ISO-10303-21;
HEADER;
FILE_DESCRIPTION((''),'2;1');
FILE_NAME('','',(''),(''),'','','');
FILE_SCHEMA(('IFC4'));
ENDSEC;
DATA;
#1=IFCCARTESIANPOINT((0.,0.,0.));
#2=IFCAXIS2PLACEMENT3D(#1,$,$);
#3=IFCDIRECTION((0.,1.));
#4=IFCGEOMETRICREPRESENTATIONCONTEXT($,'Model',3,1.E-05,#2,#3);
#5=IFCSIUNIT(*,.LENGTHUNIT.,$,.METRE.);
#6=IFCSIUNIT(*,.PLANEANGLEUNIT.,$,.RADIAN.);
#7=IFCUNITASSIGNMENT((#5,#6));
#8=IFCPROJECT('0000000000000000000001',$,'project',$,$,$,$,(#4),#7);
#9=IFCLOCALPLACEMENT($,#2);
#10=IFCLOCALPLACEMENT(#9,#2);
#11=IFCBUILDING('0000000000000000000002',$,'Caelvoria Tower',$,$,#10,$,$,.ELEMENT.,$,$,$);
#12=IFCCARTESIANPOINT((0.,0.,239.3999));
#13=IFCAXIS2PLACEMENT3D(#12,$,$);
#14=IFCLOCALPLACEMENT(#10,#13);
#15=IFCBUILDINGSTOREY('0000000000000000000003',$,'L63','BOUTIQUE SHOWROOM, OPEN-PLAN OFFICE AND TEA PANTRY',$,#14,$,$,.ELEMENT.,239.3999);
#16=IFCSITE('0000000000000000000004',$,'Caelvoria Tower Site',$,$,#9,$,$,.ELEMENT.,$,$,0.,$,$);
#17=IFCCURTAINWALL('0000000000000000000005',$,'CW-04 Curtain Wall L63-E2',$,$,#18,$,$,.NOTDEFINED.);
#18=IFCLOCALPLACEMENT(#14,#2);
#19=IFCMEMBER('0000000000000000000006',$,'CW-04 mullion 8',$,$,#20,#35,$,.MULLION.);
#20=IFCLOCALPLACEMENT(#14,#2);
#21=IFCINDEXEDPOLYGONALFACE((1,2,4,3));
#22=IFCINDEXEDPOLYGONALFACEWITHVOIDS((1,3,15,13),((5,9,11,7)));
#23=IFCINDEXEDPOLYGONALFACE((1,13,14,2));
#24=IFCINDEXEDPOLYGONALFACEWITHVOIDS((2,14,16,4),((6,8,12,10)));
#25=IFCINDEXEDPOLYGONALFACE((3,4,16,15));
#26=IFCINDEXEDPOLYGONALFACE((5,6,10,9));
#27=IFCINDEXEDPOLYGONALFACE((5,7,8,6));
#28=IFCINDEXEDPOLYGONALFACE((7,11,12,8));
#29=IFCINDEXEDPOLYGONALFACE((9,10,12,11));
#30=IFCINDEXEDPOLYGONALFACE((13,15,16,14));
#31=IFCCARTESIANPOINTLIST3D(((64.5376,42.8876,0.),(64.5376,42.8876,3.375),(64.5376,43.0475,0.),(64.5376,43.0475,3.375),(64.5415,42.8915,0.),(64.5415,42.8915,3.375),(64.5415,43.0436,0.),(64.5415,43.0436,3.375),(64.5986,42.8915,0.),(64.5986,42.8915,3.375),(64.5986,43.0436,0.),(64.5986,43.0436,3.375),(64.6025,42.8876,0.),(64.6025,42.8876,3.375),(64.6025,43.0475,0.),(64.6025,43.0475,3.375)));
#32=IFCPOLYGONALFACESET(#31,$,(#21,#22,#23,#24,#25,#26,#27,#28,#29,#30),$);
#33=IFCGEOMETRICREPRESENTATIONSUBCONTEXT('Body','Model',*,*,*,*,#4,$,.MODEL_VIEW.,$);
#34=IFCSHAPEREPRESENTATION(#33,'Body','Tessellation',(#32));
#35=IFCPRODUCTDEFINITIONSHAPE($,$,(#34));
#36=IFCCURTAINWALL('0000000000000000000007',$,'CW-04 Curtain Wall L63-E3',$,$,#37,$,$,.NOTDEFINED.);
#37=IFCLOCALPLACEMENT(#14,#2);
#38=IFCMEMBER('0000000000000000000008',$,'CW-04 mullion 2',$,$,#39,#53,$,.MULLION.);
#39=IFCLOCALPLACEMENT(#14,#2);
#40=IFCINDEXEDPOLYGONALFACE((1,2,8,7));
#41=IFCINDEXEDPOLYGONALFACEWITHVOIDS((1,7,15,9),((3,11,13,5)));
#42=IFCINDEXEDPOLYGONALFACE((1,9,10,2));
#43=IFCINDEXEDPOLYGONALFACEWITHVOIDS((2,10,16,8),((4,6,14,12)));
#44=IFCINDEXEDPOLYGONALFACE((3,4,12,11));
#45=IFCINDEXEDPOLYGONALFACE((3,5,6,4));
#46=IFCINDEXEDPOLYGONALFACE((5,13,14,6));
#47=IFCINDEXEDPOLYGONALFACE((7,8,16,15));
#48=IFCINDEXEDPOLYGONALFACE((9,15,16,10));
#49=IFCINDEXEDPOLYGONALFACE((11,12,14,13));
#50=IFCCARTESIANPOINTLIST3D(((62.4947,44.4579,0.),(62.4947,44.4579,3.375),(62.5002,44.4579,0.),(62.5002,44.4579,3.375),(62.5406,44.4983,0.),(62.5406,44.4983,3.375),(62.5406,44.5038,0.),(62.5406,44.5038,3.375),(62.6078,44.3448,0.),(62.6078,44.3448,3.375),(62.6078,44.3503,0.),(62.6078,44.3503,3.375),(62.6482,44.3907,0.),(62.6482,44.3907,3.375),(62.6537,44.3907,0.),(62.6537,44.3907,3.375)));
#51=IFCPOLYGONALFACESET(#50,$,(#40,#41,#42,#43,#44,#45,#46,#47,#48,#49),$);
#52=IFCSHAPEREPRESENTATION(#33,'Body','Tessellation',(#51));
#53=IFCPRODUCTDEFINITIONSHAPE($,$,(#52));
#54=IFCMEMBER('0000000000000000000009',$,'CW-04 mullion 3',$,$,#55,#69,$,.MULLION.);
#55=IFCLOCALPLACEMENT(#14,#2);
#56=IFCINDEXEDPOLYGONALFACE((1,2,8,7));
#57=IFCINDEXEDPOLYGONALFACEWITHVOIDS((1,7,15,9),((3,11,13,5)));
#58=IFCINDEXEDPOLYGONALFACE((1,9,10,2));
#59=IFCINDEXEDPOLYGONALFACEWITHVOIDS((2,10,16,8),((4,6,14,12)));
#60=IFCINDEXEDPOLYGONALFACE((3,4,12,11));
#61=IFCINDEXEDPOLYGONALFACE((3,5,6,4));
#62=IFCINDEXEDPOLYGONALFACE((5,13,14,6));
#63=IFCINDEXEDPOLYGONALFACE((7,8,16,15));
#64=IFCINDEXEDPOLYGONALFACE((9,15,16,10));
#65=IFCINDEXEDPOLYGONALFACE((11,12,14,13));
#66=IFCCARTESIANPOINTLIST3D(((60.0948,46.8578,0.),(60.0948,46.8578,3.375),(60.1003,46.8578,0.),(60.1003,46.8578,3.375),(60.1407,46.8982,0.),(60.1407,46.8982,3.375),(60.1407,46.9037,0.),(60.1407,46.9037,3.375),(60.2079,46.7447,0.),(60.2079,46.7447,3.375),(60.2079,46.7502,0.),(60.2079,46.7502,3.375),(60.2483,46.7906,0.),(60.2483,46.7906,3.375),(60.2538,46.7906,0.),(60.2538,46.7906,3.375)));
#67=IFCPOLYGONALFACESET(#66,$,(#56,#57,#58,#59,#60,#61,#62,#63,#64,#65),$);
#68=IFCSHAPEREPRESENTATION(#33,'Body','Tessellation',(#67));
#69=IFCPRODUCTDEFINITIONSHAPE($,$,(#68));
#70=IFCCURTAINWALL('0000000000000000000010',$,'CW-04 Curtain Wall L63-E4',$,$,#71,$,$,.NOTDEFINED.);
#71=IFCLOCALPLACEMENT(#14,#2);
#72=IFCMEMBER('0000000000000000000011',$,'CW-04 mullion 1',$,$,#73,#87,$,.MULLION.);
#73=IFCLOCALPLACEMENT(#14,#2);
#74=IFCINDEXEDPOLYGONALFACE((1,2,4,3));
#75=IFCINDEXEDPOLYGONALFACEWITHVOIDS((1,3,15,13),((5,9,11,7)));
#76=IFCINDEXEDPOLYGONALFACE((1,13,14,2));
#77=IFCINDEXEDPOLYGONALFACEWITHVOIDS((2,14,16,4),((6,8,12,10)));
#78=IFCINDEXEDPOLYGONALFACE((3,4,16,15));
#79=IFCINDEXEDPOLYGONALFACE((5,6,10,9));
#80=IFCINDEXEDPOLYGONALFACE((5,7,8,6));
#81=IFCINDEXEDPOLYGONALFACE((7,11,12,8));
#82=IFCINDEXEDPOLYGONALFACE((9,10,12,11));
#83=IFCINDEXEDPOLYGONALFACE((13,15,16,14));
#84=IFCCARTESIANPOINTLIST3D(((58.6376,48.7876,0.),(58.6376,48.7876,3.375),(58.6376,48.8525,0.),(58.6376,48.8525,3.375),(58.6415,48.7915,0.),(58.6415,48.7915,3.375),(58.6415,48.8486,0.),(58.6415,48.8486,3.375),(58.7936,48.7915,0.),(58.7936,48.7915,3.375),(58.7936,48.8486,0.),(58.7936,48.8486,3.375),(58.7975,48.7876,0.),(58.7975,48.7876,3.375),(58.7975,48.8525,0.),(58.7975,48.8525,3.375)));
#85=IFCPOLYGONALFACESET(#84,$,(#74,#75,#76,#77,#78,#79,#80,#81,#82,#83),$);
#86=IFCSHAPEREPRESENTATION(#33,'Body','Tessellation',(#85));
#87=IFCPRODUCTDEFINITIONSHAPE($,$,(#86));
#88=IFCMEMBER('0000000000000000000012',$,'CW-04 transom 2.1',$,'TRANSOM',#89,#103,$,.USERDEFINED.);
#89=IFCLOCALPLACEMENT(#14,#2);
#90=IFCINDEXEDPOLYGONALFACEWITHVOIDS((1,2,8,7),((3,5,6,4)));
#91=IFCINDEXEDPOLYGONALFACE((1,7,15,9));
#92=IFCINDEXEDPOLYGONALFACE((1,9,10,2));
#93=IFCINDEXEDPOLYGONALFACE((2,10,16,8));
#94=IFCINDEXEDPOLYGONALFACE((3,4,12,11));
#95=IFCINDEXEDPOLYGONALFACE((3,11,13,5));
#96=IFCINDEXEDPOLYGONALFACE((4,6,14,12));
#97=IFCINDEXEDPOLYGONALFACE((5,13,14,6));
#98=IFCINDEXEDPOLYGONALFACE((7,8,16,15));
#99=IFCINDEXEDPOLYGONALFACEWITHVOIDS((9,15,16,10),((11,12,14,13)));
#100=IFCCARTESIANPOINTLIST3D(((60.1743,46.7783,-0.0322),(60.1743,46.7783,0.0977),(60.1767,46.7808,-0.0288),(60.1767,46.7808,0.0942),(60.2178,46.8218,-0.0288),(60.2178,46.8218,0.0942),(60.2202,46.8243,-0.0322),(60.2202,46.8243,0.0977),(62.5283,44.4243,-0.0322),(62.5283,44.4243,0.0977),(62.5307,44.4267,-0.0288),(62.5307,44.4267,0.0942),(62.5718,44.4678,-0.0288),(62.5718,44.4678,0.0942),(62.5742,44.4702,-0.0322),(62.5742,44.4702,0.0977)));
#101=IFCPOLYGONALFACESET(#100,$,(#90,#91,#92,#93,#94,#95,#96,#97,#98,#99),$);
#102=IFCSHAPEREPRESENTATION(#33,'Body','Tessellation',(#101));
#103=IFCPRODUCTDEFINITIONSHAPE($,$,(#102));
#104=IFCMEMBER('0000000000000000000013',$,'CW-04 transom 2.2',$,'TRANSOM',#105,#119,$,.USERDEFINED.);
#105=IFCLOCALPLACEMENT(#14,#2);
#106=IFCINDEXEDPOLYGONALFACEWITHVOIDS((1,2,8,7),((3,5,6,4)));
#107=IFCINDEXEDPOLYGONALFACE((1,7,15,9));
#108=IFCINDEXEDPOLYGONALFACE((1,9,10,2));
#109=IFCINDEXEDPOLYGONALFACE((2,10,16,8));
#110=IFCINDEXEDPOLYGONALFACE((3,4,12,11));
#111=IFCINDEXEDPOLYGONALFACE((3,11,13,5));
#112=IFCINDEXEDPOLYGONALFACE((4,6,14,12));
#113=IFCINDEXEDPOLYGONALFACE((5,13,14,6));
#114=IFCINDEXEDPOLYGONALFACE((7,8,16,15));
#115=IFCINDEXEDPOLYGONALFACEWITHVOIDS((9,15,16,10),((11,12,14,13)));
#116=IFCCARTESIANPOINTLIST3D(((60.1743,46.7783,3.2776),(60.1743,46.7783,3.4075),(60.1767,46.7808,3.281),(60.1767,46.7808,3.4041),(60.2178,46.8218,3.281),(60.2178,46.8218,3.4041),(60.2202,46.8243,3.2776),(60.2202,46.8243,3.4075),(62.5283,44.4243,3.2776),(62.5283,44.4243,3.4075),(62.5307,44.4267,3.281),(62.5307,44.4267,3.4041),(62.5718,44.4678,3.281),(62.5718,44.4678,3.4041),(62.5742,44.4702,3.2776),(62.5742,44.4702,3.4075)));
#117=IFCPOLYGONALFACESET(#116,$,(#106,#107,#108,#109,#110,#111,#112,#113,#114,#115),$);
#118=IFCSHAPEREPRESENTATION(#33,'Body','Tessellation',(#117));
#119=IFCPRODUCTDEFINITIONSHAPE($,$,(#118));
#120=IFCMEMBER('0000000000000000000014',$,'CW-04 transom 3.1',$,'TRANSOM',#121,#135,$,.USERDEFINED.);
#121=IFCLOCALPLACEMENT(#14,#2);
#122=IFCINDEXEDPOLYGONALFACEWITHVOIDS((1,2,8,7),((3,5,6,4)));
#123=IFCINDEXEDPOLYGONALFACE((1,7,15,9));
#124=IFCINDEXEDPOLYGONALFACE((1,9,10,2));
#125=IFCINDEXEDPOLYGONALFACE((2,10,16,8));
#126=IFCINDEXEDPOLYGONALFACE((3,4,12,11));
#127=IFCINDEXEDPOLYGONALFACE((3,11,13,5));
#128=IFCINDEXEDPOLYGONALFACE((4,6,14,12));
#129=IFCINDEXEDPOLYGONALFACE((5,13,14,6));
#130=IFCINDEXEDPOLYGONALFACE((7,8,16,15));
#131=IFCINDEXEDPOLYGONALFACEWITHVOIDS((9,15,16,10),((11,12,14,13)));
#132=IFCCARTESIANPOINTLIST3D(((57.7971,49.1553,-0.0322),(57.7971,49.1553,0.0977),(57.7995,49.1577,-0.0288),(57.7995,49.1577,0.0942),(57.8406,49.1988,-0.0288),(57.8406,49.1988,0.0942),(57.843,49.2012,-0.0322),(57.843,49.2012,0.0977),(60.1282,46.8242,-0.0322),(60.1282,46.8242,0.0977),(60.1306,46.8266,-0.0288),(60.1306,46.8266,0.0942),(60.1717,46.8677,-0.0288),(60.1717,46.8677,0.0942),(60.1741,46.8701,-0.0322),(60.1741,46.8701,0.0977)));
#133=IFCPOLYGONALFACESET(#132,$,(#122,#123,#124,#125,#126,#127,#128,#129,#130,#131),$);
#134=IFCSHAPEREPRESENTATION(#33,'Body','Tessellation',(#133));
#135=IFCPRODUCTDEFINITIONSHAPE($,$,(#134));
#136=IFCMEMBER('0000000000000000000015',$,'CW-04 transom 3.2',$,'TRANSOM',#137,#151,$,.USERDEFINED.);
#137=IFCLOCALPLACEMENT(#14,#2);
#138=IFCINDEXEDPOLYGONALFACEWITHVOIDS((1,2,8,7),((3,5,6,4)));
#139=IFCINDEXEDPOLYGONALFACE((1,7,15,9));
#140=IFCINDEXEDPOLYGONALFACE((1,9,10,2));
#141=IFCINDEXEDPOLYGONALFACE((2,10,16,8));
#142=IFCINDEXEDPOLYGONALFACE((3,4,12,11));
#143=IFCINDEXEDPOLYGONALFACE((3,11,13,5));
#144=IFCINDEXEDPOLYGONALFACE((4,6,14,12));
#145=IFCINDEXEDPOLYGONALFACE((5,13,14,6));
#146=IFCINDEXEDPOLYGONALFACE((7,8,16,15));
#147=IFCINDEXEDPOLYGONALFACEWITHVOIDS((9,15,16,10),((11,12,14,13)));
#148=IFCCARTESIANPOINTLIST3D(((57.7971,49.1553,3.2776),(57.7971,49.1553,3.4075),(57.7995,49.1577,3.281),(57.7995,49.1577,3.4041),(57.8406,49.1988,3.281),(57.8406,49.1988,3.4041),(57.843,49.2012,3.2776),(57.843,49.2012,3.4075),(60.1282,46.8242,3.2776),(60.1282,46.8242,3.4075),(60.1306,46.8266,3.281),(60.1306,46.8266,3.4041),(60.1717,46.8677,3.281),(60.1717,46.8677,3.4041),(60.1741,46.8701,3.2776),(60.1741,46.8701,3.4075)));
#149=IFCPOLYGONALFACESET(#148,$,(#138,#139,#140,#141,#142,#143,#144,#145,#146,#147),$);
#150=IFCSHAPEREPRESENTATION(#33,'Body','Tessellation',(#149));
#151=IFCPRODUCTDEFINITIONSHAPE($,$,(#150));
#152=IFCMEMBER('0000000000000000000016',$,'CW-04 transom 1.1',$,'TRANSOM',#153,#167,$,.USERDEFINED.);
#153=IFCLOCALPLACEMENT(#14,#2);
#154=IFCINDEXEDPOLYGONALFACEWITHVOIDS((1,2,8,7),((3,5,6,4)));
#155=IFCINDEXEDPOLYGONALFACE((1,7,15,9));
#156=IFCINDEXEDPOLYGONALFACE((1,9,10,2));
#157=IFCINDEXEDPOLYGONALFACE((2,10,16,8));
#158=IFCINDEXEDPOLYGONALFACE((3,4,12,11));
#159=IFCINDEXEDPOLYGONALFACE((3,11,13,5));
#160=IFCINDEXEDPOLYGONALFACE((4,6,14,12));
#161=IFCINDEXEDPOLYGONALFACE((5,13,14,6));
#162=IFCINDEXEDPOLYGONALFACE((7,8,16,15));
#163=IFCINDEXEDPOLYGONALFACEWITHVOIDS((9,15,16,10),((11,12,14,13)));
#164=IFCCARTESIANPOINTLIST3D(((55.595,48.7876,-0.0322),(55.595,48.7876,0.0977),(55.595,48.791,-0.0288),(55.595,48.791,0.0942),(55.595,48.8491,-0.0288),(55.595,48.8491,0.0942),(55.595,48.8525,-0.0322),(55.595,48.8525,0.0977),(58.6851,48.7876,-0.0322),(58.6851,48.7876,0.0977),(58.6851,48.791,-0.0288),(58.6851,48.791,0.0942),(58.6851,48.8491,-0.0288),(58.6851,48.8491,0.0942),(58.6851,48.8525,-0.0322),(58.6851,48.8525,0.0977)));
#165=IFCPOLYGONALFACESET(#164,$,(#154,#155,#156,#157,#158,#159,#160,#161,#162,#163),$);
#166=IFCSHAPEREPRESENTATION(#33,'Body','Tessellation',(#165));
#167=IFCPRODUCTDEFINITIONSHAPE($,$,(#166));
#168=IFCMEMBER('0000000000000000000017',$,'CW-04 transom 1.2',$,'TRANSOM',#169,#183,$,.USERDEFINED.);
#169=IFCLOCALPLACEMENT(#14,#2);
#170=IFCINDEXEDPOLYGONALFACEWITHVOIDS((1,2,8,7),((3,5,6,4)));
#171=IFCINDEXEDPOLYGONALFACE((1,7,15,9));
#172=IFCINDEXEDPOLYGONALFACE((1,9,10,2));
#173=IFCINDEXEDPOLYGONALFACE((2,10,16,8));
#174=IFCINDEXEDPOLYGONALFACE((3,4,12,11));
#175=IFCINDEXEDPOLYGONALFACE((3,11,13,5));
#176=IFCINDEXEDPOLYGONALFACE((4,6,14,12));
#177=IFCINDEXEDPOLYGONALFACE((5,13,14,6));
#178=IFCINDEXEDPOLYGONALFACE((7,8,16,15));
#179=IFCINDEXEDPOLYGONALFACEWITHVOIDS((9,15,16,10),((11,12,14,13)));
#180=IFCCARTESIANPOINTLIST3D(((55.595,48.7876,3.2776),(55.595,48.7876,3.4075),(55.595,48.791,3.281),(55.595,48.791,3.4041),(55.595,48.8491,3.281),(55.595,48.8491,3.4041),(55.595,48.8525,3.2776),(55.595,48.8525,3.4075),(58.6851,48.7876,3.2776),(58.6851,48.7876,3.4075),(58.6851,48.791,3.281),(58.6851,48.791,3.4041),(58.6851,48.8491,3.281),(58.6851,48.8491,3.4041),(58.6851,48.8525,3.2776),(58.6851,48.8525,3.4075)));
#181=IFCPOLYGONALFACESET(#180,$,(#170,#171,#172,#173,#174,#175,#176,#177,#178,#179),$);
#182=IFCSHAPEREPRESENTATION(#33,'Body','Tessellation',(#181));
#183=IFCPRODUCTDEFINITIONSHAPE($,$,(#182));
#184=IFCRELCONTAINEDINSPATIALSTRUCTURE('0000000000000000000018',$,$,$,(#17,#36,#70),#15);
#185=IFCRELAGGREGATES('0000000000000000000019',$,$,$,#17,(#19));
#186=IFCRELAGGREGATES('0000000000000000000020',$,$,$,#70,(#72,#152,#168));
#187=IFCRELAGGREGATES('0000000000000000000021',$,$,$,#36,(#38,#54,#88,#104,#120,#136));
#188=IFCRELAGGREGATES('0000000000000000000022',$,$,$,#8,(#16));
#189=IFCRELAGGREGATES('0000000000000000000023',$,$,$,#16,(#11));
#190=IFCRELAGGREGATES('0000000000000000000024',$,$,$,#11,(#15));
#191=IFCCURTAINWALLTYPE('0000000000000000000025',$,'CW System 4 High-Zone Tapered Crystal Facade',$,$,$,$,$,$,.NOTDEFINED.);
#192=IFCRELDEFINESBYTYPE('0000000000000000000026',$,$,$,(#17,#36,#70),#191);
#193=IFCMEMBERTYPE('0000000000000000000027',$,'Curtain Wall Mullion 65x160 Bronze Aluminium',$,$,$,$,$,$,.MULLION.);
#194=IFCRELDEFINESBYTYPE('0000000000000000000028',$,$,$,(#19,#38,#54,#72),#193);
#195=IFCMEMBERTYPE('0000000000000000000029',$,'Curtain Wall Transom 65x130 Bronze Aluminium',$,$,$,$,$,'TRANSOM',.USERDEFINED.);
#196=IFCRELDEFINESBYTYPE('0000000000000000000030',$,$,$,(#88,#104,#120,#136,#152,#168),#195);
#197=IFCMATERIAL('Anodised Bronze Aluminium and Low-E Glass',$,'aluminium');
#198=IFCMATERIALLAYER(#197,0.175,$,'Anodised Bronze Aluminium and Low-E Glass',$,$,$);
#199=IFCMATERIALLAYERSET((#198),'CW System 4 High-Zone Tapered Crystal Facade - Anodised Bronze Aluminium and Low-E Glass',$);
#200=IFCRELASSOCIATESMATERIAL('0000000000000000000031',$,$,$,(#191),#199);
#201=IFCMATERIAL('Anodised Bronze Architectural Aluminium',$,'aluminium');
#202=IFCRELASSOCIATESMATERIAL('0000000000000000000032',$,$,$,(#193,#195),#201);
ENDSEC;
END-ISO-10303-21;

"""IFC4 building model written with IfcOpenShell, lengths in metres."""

from ifc_helpers import new_model, si_unit, direction, frame, origin, origin_2d, place, context, subcontext, project, spatial, hollow_rectangle, extrude, material, layer, layer_set, material_profile, profile_set, type_object, element, aggregate, save


model = new_model("IFC4")

# Units and contexts
model_context = context("Model", 3, precision=1e-05, world=origin(), true_north=direction((0.0, 1.0)))
body_context = subcontext(model_context, "Body", "Model", "MODEL_VIEW")
ifc_project = project(units=[si_unit("LENGTHUNIT", "METRE"), si_unit("PLANEANGLEUNIT", "RADIAN")], contexts=[model_context])

# Site, building, storey
site_placement = place(None, origin())
site = spatial("IfcSite", under=ifc_project, at=site_placement, Name="Caelvoria Tower Site", CompositionType="ELEMENT", RefElevation=0.0)
building_placement = place(site_placement, origin())
building = spatial("IfcBuilding", under=site, at=building_placement, Name="Caelvoria Tower", CompositionType="ELEMENT")
storey_placement = place(building_placement, frame((0.0, 0.0, 239.3999)))
storey = spatial("IfcBuildingStorey", under=building, at=storey_placement, Name="L63", Description="BOUTIQUE SHOWROOM, OPEN-PLAN OFFICE AND TEA PANTRY", CompositionType="ELEMENT", Elevation=239.3999)

# Curtain wall, member
ifc_material_1 = material(Name="Anodised Bronze Aluminium and Low-E Glass", Category="aluminium")
ifc_layer_1 = layer(ifc_material_1, 0.175, Name="Anodised Bronze Aluminium and Low-E Glass")
ifc_layer_set_1 = layer_set([ifc_layer_1], Name="CW System 4 High-Zone Tapered Crystal Facade - Anodised Bronze Aluminium and Low-E Glass")
curtain_wall_type = type_object("IfcCurtainWallType", Name="CW System 4 High-Zone Tapered Crystal Facade", PredefinedType="NOTDEFINED", material=ifc_layer_set_1)
curtain_wall_1_placement = place(storey_placement, origin())
curtain_wall_1 = element("IfcCurtainWall", 1, at=curtain_wall_1_placement, inside=storey, type_object=curtain_wall_type, Name="CW-04 Curtain Wall L63-E2", PredefinedType="NOTDEFINED")
ifc_material_2 = material(Name="Anodised Bronze Architectural Aluminium", Category="aluminium")
ifc_material_profile_1 = material_profile(ifc_material_2, hollow_rectangle(XDim=0.0649, YDim=0.1599, WallThickness=0.0039, at=origin_2d()), Name="Anodised Bronze Architectural Aluminium")
ifc_profile_set_1 = profile_set([ifc_material_profile_1], Name="CW_MULL_65X160 - Anodised Bronze Architectural Aluminium")
member_type_1 = type_object("IfcMemberType", Name="Curtain Wall Mullion 65x160 Bronze Aluminium", PredefinedType="MULLION", material=ifc_profile_set_1)
member_1_placement = place(storey_placement, frame((64.5701, 42.9675, 0.0), z_axis=(0.0, 0.0, 1.0), x_axis=(-1.0, 0.0, 0.0)))
member_1 = element("IfcMember", 2, at=member_1_placement, type_object=member_type_1, Name="CW-04 mullion 8", PredefinedType="MULLION", context=body_context, shape_type="SweptSolid", body=[
    extrude(hollow_rectangle(XDim=0.0649, YDim=0.1599, WallThickness=0.0039, at=origin_2d()), origin(), (0.0, 0.0, 1.0), 3.375),
])
aggregate(curtain_wall_1, [member_1])

# Curtain wall, members
curtain_wall_2_placement = place(storey_placement, origin())
curtain_wall_2 = element("IfcCurtainWall", 3, at=curtain_wall_2_placement, inside=storey, type_object=curtain_wall_type, Name="CW-04 Curtain Wall L63-E3", PredefinedType="NOTDEFINED")
member_2_placement = place(storey_placement, frame((62.5742, 44.4243, 0.0), z_axis=(0.0, 0.0, 1.0), x_axis=(-0.707107, -0.707107, 0.0)))
member_2 = element("IfcMember", 4, at=member_2_placement, type_object=member_type_1, Name="CW-04 mullion 2", PredefinedType="MULLION", context=body_context, shape_type="SweptSolid", body=[
    extrude(hollow_rectangle(XDim=0.0649, YDim=0.1599, WallThickness=0.0039, at=origin_2d()), origin(), (0.0, 0.0, 1.0), 3.375),
])
member_3_placement = place(storey_placement, frame((60.1743, 46.8242, 0.0), z_axis=(0.0, 0.0, 1.0), x_axis=(-0.707107, -0.707107, 0.0)))
member_3 = element("IfcMember", 5, at=member_3_placement, type_object=member_type_1, Name="CW-04 mullion 3", PredefinedType="MULLION", context=body_context, shape_type="SweptSolid", body=[
    extrude(hollow_rectangle(XDim=0.0649, YDim=0.1599, WallThickness=0.0039, at=origin_2d()), origin(), (0.0, 0.0, 1.0), 3.375),
])

# Curtain wall, member
curtain_wall_3_placement = place(storey_placement, origin())
curtain_wall_3 = element("IfcCurtainWall", 6, at=curtain_wall_3_placement, inside=storey, type_object=curtain_wall_type, Name="CW-04 Curtain Wall L63-E4", PredefinedType="NOTDEFINED")
member_4_placement = place(storey_placement, frame((58.7175, 48.8201, 0.0), z_axis=(0.0, 0.0, 1.0), x_axis=(0.0, -1.0, 0.0)))
member_4 = element("IfcMember", 7, at=member_4_placement, type_object=member_type_1, Name="CW-04 mullion 1", PredefinedType="MULLION", context=body_context, shape_type="SweptSolid", body=[
    extrude(hollow_rectangle(XDim=0.0649, YDim=0.1599, WallThickness=0.0039, at=origin_2d()), origin(), (0.0, 0.0, 1.0), 3.375),
])

# Members
ifc_material_profile_2 = material_profile(ifc_material_2, hollow_rectangle(XDim=0.0649, YDim=0.1299, WallThickness=0.0034, at=origin_2d()), Name="Anodised Bronze Architectural Aluminium")
ifc_profile_set_2 = profile_set([ifc_material_profile_2], Name="CW_TRAN_65X130 - Anodised Bronze Architectural Aluminium")
member_type_2 = type_object("IfcMemberType", Name="Curtain Wall Transom 65x130 Bronze Aluminium", ElementType="TRANSOM", PredefinedType="USERDEFINED", material=ifc_profile_set_2)
member_5_placement = place(storey_placement, frame((62.5513, 44.4473, 0.0327), z_axis=(-0.707107, 0.707107, 0.0), x_axis=(-0.707107, -0.707107, 0.0)))
member_5 = element("IfcMember", 8, at=member_5_placement, type_object=member_type_2, Name="CW-04 transom 2.1", ObjectType="TRANSOM", PredefinedType="USERDEFINED", context=body_context, shape_type="SweptSolid", body=[
    extrude(hollow_rectangle(XDim=0.0649, YDim=0.1299, WallThickness=0.0034, at=origin_2d()), origin(), (0.0, 0.0, 1.0), 3.3291),
])
member_6_placement = place(storey_placement, frame((62.5513, 44.4473, 3.3425), z_axis=(-0.707107, 0.707107, 0.0), x_axis=(-0.707107, -0.707107, 0.0)))
member_6 = element("IfcMember", 9, at=member_6_placement, type_object=member_type_2, Name="CW-04 transom 2.2", ObjectType="TRANSOM", PredefinedType="USERDEFINED", context=body_context, shape_type="SweptSolid", body=[
    extrude(hollow_rectangle(XDim=0.0649, YDim=0.1299, WallThickness=0.0034, at=origin_2d()), origin(), (0.0, 0.0, 1.0), 3.3291),
])
member_7_placement = place(storey_placement, frame((60.1511, 46.8472, 0.0327), z_axis=(-0.707107, 0.707107, 0.0), x_axis=(-0.707107, -0.707107, 0.0)))
member_7 = element("IfcMember", 10, at=member_7_placement, type_object=member_type_2, Name="CW-04 transom 3.1", ObjectType="TRANSOM", PredefinedType="USERDEFINED", context=body_context, shape_type="SweptSolid", body=[
    extrude(hollow_rectangle(XDim=0.0649, YDim=0.1299, WallThickness=0.0034, at=origin_2d()), origin(), (0.0, 0.0, 1.0), 3.2966),
])
member_8_placement = place(storey_placement, frame((60.1511, 46.8472, 3.3425), z_axis=(-0.707107, 0.707107, 0.0), x_axis=(-0.707107, -0.707107, 0.0)))
member_8 = element("IfcMember", 11, at=member_8_placement, type_object=member_type_2, Name="CW-04 transom 3.2", ObjectType="TRANSOM", PredefinedType="USERDEFINED", context=body_context, shape_type="SweptSolid", body=[
    extrude(hollow_rectangle(XDim=0.0649, YDim=0.1299, WallThickness=0.0034, at=origin_2d()), origin(), (0.0, 0.0, 1.0), 3.2966),
])
member_9_placement = place(storey_placement, frame((58.6851, 48.8201, 0.0327), z_axis=(-1.0, 0.0, 0.0), x_axis=(0.0, -1.0, 0.0)))
member_9 = element("IfcMember", 12, at=member_9_placement, type_object=member_type_2, Name="CW-04 transom 1.1", ObjectType="TRANSOM", PredefinedType="USERDEFINED", context=body_context, shape_type="SweptSolid", body=[
    extrude(hollow_rectangle(XDim=0.0649, YDim=0.1299, WallThickness=0.0034, at=origin_2d()), origin(), (0.0, 0.0, 1.0), 3.0901),
])
member_10_placement = place(storey_placement, frame((58.6851, 48.8201, 3.3425), z_axis=(-1.0, 0.0, 0.0), x_axis=(0.0, -1.0, 0.0)))
member_10 = element("IfcMember", 13, at=member_10_placement, type_object=member_type_2, Name="CW-04 transom 1.2", ObjectType="TRANSOM", PredefinedType="USERDEFINED", context=body_context, shape_type="SweptSolid", body=[
    extrude(hollow_rectangle(XDim=0.0649, YDim=0.1299, WallThickness=0.0034, at=origin_2d()), origin(), (0.0, 0.0, 1.0), 3.0901),
])
aggregate(curtain_wall_3, [member_4, member_9, member_10])

aggregate(curtain_wall_2, [member_2, member_3, member_5, member_6, member_7, member_8])

save(model, "model.ifc")
